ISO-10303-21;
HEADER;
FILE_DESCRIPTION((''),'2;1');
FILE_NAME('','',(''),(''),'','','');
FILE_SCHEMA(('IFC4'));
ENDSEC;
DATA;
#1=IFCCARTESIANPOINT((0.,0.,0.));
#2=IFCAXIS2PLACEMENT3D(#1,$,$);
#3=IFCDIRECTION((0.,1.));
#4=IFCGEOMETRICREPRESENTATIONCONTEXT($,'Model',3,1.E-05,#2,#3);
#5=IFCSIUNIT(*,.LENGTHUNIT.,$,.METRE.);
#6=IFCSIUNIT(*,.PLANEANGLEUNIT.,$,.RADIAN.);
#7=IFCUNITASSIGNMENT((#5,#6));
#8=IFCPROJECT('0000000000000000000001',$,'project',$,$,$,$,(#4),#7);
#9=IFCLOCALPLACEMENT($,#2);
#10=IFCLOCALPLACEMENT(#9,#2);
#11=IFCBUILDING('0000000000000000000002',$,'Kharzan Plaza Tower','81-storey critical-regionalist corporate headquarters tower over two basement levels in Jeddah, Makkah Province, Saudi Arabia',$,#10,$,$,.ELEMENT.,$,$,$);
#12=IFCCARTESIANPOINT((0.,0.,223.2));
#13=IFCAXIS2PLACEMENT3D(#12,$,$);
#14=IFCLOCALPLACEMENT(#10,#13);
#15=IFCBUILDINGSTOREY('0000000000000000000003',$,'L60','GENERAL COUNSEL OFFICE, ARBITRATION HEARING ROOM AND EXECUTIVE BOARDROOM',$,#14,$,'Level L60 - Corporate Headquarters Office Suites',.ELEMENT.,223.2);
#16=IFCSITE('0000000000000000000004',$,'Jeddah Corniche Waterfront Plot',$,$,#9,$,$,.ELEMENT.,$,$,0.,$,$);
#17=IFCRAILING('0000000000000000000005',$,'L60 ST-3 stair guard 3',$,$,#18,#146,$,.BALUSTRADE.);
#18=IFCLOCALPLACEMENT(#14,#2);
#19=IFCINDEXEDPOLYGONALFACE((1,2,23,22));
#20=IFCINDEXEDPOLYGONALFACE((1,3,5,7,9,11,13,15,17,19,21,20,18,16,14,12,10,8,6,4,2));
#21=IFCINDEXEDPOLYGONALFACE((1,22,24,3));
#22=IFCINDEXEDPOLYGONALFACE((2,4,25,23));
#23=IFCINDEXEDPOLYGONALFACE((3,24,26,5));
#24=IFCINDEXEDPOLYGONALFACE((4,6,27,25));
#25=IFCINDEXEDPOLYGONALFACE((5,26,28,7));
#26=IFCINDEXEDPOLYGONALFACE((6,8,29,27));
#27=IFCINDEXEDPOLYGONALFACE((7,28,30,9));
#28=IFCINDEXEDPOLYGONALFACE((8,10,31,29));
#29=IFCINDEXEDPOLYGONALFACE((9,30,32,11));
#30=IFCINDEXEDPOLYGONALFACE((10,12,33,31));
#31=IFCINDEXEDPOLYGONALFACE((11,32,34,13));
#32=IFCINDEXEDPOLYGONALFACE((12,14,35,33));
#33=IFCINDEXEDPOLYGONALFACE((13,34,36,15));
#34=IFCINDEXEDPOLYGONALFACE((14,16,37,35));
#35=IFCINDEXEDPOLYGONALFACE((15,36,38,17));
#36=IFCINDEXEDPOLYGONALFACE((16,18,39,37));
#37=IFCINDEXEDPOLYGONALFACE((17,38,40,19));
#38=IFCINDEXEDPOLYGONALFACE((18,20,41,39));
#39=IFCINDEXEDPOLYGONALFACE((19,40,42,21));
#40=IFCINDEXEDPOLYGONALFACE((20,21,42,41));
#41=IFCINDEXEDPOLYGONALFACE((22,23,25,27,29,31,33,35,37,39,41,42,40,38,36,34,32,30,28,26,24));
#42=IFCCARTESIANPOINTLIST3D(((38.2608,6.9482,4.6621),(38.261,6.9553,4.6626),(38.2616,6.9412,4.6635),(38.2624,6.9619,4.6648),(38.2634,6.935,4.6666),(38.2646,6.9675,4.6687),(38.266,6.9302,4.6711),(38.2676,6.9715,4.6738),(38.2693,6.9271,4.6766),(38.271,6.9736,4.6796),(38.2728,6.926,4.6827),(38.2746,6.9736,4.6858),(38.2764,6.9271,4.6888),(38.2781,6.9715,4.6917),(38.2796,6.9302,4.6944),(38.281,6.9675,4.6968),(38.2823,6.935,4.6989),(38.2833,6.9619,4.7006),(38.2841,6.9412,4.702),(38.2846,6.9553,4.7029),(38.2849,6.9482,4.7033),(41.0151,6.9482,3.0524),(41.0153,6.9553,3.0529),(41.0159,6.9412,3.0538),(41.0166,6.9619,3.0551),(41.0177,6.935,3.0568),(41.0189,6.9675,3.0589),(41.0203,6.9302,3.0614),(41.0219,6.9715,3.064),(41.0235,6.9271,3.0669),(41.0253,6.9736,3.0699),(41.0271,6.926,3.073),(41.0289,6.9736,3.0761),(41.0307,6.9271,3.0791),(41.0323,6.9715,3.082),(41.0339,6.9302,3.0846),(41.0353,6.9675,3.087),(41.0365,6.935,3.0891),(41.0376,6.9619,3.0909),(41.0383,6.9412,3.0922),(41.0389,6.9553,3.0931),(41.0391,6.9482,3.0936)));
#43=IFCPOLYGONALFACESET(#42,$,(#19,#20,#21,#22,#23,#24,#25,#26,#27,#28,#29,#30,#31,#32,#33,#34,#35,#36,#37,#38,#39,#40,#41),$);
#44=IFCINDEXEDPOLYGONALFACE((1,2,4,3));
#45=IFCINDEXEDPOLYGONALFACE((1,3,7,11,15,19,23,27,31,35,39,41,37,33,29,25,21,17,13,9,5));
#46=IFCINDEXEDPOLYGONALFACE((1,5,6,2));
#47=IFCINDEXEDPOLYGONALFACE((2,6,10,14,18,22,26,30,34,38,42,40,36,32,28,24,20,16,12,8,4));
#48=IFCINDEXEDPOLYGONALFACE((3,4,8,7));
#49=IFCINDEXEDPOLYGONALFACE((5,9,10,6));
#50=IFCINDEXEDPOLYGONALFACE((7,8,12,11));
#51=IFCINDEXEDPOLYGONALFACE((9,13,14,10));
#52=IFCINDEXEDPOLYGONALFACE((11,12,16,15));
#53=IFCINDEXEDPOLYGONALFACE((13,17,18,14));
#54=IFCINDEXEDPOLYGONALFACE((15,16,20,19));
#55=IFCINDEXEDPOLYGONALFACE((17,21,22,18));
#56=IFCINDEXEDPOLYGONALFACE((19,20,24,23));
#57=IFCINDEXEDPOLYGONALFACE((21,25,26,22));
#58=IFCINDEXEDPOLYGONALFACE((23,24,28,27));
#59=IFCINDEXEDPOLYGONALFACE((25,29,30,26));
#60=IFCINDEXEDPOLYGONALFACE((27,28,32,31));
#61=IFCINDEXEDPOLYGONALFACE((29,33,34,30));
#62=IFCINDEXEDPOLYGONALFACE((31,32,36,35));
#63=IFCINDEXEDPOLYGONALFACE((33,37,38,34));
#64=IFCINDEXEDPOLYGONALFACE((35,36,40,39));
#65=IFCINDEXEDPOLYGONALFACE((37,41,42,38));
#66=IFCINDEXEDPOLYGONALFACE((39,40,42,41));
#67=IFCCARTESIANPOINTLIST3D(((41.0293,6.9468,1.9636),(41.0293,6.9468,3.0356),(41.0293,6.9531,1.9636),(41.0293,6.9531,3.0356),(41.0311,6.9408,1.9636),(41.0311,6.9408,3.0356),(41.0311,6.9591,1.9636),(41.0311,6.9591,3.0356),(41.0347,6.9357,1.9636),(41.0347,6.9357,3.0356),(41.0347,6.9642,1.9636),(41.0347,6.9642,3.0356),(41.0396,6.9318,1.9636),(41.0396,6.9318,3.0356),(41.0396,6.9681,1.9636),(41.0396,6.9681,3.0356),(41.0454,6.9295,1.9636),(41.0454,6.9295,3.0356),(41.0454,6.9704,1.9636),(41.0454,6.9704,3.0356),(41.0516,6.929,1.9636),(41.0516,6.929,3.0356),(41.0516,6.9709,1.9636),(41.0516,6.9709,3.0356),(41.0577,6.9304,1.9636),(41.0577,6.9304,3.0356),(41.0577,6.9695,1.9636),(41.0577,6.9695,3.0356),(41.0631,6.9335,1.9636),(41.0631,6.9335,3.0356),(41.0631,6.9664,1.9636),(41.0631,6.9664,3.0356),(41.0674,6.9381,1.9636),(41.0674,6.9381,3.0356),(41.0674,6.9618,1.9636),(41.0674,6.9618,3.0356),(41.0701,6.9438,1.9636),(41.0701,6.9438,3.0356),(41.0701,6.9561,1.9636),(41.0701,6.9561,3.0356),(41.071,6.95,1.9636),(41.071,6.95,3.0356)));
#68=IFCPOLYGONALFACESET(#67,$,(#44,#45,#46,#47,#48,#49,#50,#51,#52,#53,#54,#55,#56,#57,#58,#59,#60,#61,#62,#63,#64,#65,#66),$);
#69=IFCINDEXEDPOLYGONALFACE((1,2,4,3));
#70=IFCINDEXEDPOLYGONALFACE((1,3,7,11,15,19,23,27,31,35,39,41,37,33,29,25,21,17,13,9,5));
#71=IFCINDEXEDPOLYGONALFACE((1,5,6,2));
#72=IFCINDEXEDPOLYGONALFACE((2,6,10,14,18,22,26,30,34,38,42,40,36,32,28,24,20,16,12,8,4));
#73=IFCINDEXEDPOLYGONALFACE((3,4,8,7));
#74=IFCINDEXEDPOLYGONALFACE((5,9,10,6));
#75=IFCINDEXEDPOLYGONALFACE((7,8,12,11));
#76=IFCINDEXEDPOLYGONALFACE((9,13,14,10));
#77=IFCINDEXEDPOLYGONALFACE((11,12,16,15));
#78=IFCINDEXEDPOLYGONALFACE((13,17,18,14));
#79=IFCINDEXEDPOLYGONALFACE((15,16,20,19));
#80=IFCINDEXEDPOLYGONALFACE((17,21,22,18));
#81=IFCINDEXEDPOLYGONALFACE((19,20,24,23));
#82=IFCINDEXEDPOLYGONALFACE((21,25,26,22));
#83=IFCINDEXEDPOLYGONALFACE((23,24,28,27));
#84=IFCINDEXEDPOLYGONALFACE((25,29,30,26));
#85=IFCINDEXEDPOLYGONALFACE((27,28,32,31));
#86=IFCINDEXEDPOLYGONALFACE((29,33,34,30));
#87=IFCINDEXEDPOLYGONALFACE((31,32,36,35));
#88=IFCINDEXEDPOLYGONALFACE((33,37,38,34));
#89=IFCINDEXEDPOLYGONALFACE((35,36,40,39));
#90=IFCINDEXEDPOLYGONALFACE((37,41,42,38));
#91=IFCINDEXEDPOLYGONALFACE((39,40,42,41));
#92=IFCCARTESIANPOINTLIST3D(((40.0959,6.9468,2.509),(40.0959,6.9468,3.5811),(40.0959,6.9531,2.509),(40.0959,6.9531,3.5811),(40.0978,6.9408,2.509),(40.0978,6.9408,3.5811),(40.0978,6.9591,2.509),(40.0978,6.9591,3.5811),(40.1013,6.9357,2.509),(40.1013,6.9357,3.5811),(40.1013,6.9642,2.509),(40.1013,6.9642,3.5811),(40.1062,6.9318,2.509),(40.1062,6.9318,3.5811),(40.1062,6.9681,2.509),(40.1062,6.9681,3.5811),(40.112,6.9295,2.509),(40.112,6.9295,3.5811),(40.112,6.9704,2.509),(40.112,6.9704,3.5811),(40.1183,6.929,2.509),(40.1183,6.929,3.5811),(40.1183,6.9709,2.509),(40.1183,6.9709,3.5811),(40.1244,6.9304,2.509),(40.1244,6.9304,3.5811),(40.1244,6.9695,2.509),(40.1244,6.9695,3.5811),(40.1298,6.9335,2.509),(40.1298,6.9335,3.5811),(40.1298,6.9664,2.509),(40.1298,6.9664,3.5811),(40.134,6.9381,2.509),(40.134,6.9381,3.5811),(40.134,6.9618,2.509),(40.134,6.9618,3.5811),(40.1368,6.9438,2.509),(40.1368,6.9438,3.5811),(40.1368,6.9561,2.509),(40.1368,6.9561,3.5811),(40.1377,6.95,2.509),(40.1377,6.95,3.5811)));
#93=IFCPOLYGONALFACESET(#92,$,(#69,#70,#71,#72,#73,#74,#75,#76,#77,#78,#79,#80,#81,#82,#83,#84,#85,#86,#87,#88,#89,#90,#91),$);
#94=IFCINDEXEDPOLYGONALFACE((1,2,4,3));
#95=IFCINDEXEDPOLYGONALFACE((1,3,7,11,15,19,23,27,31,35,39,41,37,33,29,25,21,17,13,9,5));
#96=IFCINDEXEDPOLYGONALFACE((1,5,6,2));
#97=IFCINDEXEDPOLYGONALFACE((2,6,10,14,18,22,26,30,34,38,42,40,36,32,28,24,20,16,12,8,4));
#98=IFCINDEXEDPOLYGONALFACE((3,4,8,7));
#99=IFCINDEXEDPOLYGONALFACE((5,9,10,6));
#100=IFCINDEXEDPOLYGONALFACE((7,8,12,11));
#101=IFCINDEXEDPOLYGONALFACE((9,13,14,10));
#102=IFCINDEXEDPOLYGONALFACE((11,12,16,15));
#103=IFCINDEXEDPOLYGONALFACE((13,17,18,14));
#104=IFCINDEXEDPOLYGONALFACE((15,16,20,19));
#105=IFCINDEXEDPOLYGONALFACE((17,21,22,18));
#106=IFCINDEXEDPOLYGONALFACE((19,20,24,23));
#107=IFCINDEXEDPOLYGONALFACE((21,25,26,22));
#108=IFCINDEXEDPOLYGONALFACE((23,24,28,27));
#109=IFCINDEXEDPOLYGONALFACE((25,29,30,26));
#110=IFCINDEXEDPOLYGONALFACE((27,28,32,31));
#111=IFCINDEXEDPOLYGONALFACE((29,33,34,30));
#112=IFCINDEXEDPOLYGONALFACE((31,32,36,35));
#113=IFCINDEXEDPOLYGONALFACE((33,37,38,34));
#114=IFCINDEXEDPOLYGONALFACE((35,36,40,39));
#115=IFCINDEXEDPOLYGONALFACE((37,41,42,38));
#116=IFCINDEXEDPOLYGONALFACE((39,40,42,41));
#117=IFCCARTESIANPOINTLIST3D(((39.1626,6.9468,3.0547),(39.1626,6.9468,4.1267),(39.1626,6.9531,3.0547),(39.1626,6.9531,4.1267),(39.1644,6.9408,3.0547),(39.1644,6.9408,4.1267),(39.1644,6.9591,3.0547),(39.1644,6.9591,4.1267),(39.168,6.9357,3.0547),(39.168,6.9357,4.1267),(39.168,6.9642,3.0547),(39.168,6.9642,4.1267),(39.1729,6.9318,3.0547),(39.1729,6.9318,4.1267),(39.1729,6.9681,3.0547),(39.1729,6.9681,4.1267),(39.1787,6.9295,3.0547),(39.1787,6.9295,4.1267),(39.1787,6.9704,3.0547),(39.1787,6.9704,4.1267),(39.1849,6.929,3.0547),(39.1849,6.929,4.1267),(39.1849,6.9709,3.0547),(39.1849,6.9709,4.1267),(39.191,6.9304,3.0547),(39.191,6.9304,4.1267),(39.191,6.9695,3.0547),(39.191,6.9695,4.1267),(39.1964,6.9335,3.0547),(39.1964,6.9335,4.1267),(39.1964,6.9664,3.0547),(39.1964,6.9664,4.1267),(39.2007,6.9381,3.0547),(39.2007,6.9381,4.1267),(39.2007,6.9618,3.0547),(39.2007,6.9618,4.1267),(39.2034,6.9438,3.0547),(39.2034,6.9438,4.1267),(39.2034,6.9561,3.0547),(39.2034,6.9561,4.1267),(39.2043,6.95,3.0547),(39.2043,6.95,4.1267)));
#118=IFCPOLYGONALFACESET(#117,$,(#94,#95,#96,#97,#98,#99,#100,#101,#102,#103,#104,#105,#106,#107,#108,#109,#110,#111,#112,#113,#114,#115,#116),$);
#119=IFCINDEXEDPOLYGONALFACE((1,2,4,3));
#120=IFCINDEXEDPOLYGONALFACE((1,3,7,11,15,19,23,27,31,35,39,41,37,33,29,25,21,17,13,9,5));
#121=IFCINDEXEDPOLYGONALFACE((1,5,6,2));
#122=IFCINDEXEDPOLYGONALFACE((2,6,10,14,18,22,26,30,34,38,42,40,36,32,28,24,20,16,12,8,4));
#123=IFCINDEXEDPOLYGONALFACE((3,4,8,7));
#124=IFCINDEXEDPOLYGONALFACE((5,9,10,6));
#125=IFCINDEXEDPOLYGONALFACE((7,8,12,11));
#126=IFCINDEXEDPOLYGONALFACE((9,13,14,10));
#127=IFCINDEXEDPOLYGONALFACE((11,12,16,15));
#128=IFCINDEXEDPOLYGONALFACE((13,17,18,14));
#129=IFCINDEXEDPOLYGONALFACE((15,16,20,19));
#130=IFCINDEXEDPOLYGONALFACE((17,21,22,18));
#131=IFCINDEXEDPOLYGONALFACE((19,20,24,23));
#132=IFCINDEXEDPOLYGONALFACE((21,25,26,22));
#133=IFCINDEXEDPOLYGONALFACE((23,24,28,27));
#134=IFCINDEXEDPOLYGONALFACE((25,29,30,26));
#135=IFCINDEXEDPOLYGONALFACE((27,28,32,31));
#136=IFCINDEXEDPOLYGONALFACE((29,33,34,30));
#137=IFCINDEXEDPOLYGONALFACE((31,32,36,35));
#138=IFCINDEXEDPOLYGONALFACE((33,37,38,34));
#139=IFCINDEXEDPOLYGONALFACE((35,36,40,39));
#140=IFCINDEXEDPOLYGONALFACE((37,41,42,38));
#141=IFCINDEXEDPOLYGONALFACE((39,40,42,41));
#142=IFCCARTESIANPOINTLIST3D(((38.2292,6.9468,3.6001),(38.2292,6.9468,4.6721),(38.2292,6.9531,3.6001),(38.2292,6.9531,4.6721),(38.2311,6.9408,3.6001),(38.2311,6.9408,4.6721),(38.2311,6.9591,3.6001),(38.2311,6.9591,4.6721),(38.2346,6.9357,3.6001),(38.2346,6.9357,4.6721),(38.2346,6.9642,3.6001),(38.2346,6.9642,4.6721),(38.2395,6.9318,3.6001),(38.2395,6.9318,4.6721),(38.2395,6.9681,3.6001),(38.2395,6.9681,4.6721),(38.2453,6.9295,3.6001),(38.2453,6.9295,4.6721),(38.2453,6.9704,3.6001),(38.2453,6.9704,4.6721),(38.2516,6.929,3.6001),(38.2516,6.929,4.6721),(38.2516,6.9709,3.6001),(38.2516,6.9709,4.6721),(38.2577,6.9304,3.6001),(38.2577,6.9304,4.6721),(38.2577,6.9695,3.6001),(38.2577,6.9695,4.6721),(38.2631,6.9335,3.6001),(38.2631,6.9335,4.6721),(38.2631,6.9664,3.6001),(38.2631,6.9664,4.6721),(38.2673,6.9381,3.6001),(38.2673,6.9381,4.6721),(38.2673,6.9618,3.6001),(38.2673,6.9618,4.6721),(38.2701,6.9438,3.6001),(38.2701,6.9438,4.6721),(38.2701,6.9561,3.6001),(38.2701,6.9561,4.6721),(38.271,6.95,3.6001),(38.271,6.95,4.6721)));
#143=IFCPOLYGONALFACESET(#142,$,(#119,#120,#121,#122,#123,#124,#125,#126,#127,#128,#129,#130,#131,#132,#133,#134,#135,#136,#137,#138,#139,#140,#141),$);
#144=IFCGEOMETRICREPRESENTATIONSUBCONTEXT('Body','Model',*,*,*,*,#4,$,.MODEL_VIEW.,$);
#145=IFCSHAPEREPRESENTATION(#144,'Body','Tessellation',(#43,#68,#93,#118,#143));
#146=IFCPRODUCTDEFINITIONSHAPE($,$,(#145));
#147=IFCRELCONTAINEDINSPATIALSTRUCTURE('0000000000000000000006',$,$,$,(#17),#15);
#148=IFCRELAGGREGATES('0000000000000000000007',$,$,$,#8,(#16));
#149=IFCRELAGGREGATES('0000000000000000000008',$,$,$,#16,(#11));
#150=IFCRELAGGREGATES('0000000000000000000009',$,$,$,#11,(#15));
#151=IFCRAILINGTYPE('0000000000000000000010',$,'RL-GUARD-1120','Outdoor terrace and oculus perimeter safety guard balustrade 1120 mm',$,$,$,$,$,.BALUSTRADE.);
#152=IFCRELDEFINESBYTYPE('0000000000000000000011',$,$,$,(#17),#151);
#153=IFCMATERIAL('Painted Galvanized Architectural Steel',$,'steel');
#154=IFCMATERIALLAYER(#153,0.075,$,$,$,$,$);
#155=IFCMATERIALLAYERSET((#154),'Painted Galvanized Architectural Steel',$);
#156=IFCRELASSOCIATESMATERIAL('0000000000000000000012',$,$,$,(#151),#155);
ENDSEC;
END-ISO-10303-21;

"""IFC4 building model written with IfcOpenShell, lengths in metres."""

from ifc_helpers import new_model, si_unit, direction, frame, origin, origin_2d, place, context, subcontext, project, spatial, circle, extrude, source, transform, mapped, material, layer, layer_set, type_object, element, save


model = new_model("IFC4")

# Units and contexts
model_context = context("Model", 3, precision=1e-05, world=origin(), true_north=direction((0.0, 1.0)))
body_context = subcontext(model_context, "Body", "Model", "MODEL_VIEW")
ifc_project = project(units=[si_unit("LENGTHUNIT", "METRE"), si_unit("PLANEANGLEUNIT", "RADIAN")], contexts=[model_context])

# Site, building, storey
site_placement = place(None, origin())
site = spatial("IfcSite", under=ifc_project, at=site_placement, Name="Jeddah Corniche Waterfront Plot", CompositionType="ELEMENT", RefElevation=0.0)
building_placement = place(site_placement, origin())
building = spatial("IfcBuilding", under=site, at=building_placement, Name="Kharzan Plaza Tower", Description="81-storey critical-regionalist corporate headquarters tower over two basement levels in Jeddah, Makkah Province, Saudi Arabia", CompositionType="ELEMENT")
storey_placement = place(building_placement, frame((0.0, 0.0, 223.2)))
storey = spatial("IfcBuildingStorey", under=building, at=storey_placement, Name="L60", Description="GENERAL COUNSEL OFFICE, ARBITRATION HEARING ROOM AND EXECUTIVE BOARDROOM", LongName="Level L60 - Corporate Headquarters Office Suites", CompositionType="ELEMENT", Elevation=223.2)

# Railing
ifc_material_1 = material(Name="Painted Galvanized Architectural Steel", Category="steel")
ifc_layer_1 = layer(ifc_material_1, 0.075)
ifc_layer_set_1 = layer_set([ifc_layer_1], Name="Painted Galvanized Architectural Steel")
railing_type_1 = type_object("IfcRailingType", Name="RL-GUARD-1120", Description="Outdoor terrace and oculus perimeter safety guard balustrade 1120 mm", PredefinedType="BALUSTRADE", material=ifc_layer_set_1)
shared_shape_1 = source(origin(), body_context, "Body", "SweptSolid", [
    extrude(circle(Radius=0.0239, at=origin_2d()), frame((-0.0229, 0.0, 1.1094), z_axis=(-0.863361, 0.0, 0.504587), x_axis=(0.0, -1.0, 0.0)), (0.0, 0.0, 1.0), 3.1902),
    extrude(circle(Radius=0.021, at=origin_2d()), origin(), (0.0, 0.0, 1.0), 1.072),
    extrude(circle(Radius=0.021, at=origin_2d()), frame((-0.9333, 0.0, 0.5454)), (0.0, 0.0, 1.0), 1.072),
    extrude(circle(Radius=0.021, at=origin_2d()), frame((-1.8667, 0.0, 1.0911)), (0.0, 0.0, 1.0), 1.072),
    extrude(circle(Radius=0.021, at=origin_2d()), frame((-2.8, 0.0, 1.6365)), (0.0, 0.0, 1.0), 1.072),
])
railing_1_placement = place(storey_placement, frame((41.05, 6.95, 1.9636)))
element("IfcRailing", 1, at=railing_1_placement, inside=storey, type_object=railing_type_1, Name="L60 ST-3 stair guard 3", PredefinedType="BALUSTRADE", context=body_context, shape_type="MappedRepresentation", body=[
    mapped(shared_shape_1, transform((0.0, 0.0, 0.0), x_axis=(1.0, 0.0, 0.0), y_axis=(0.0, 1.0, 0.0), z_axis=(0.0, 0.0, 1.0))),
])

save(model, "model.ifc")
